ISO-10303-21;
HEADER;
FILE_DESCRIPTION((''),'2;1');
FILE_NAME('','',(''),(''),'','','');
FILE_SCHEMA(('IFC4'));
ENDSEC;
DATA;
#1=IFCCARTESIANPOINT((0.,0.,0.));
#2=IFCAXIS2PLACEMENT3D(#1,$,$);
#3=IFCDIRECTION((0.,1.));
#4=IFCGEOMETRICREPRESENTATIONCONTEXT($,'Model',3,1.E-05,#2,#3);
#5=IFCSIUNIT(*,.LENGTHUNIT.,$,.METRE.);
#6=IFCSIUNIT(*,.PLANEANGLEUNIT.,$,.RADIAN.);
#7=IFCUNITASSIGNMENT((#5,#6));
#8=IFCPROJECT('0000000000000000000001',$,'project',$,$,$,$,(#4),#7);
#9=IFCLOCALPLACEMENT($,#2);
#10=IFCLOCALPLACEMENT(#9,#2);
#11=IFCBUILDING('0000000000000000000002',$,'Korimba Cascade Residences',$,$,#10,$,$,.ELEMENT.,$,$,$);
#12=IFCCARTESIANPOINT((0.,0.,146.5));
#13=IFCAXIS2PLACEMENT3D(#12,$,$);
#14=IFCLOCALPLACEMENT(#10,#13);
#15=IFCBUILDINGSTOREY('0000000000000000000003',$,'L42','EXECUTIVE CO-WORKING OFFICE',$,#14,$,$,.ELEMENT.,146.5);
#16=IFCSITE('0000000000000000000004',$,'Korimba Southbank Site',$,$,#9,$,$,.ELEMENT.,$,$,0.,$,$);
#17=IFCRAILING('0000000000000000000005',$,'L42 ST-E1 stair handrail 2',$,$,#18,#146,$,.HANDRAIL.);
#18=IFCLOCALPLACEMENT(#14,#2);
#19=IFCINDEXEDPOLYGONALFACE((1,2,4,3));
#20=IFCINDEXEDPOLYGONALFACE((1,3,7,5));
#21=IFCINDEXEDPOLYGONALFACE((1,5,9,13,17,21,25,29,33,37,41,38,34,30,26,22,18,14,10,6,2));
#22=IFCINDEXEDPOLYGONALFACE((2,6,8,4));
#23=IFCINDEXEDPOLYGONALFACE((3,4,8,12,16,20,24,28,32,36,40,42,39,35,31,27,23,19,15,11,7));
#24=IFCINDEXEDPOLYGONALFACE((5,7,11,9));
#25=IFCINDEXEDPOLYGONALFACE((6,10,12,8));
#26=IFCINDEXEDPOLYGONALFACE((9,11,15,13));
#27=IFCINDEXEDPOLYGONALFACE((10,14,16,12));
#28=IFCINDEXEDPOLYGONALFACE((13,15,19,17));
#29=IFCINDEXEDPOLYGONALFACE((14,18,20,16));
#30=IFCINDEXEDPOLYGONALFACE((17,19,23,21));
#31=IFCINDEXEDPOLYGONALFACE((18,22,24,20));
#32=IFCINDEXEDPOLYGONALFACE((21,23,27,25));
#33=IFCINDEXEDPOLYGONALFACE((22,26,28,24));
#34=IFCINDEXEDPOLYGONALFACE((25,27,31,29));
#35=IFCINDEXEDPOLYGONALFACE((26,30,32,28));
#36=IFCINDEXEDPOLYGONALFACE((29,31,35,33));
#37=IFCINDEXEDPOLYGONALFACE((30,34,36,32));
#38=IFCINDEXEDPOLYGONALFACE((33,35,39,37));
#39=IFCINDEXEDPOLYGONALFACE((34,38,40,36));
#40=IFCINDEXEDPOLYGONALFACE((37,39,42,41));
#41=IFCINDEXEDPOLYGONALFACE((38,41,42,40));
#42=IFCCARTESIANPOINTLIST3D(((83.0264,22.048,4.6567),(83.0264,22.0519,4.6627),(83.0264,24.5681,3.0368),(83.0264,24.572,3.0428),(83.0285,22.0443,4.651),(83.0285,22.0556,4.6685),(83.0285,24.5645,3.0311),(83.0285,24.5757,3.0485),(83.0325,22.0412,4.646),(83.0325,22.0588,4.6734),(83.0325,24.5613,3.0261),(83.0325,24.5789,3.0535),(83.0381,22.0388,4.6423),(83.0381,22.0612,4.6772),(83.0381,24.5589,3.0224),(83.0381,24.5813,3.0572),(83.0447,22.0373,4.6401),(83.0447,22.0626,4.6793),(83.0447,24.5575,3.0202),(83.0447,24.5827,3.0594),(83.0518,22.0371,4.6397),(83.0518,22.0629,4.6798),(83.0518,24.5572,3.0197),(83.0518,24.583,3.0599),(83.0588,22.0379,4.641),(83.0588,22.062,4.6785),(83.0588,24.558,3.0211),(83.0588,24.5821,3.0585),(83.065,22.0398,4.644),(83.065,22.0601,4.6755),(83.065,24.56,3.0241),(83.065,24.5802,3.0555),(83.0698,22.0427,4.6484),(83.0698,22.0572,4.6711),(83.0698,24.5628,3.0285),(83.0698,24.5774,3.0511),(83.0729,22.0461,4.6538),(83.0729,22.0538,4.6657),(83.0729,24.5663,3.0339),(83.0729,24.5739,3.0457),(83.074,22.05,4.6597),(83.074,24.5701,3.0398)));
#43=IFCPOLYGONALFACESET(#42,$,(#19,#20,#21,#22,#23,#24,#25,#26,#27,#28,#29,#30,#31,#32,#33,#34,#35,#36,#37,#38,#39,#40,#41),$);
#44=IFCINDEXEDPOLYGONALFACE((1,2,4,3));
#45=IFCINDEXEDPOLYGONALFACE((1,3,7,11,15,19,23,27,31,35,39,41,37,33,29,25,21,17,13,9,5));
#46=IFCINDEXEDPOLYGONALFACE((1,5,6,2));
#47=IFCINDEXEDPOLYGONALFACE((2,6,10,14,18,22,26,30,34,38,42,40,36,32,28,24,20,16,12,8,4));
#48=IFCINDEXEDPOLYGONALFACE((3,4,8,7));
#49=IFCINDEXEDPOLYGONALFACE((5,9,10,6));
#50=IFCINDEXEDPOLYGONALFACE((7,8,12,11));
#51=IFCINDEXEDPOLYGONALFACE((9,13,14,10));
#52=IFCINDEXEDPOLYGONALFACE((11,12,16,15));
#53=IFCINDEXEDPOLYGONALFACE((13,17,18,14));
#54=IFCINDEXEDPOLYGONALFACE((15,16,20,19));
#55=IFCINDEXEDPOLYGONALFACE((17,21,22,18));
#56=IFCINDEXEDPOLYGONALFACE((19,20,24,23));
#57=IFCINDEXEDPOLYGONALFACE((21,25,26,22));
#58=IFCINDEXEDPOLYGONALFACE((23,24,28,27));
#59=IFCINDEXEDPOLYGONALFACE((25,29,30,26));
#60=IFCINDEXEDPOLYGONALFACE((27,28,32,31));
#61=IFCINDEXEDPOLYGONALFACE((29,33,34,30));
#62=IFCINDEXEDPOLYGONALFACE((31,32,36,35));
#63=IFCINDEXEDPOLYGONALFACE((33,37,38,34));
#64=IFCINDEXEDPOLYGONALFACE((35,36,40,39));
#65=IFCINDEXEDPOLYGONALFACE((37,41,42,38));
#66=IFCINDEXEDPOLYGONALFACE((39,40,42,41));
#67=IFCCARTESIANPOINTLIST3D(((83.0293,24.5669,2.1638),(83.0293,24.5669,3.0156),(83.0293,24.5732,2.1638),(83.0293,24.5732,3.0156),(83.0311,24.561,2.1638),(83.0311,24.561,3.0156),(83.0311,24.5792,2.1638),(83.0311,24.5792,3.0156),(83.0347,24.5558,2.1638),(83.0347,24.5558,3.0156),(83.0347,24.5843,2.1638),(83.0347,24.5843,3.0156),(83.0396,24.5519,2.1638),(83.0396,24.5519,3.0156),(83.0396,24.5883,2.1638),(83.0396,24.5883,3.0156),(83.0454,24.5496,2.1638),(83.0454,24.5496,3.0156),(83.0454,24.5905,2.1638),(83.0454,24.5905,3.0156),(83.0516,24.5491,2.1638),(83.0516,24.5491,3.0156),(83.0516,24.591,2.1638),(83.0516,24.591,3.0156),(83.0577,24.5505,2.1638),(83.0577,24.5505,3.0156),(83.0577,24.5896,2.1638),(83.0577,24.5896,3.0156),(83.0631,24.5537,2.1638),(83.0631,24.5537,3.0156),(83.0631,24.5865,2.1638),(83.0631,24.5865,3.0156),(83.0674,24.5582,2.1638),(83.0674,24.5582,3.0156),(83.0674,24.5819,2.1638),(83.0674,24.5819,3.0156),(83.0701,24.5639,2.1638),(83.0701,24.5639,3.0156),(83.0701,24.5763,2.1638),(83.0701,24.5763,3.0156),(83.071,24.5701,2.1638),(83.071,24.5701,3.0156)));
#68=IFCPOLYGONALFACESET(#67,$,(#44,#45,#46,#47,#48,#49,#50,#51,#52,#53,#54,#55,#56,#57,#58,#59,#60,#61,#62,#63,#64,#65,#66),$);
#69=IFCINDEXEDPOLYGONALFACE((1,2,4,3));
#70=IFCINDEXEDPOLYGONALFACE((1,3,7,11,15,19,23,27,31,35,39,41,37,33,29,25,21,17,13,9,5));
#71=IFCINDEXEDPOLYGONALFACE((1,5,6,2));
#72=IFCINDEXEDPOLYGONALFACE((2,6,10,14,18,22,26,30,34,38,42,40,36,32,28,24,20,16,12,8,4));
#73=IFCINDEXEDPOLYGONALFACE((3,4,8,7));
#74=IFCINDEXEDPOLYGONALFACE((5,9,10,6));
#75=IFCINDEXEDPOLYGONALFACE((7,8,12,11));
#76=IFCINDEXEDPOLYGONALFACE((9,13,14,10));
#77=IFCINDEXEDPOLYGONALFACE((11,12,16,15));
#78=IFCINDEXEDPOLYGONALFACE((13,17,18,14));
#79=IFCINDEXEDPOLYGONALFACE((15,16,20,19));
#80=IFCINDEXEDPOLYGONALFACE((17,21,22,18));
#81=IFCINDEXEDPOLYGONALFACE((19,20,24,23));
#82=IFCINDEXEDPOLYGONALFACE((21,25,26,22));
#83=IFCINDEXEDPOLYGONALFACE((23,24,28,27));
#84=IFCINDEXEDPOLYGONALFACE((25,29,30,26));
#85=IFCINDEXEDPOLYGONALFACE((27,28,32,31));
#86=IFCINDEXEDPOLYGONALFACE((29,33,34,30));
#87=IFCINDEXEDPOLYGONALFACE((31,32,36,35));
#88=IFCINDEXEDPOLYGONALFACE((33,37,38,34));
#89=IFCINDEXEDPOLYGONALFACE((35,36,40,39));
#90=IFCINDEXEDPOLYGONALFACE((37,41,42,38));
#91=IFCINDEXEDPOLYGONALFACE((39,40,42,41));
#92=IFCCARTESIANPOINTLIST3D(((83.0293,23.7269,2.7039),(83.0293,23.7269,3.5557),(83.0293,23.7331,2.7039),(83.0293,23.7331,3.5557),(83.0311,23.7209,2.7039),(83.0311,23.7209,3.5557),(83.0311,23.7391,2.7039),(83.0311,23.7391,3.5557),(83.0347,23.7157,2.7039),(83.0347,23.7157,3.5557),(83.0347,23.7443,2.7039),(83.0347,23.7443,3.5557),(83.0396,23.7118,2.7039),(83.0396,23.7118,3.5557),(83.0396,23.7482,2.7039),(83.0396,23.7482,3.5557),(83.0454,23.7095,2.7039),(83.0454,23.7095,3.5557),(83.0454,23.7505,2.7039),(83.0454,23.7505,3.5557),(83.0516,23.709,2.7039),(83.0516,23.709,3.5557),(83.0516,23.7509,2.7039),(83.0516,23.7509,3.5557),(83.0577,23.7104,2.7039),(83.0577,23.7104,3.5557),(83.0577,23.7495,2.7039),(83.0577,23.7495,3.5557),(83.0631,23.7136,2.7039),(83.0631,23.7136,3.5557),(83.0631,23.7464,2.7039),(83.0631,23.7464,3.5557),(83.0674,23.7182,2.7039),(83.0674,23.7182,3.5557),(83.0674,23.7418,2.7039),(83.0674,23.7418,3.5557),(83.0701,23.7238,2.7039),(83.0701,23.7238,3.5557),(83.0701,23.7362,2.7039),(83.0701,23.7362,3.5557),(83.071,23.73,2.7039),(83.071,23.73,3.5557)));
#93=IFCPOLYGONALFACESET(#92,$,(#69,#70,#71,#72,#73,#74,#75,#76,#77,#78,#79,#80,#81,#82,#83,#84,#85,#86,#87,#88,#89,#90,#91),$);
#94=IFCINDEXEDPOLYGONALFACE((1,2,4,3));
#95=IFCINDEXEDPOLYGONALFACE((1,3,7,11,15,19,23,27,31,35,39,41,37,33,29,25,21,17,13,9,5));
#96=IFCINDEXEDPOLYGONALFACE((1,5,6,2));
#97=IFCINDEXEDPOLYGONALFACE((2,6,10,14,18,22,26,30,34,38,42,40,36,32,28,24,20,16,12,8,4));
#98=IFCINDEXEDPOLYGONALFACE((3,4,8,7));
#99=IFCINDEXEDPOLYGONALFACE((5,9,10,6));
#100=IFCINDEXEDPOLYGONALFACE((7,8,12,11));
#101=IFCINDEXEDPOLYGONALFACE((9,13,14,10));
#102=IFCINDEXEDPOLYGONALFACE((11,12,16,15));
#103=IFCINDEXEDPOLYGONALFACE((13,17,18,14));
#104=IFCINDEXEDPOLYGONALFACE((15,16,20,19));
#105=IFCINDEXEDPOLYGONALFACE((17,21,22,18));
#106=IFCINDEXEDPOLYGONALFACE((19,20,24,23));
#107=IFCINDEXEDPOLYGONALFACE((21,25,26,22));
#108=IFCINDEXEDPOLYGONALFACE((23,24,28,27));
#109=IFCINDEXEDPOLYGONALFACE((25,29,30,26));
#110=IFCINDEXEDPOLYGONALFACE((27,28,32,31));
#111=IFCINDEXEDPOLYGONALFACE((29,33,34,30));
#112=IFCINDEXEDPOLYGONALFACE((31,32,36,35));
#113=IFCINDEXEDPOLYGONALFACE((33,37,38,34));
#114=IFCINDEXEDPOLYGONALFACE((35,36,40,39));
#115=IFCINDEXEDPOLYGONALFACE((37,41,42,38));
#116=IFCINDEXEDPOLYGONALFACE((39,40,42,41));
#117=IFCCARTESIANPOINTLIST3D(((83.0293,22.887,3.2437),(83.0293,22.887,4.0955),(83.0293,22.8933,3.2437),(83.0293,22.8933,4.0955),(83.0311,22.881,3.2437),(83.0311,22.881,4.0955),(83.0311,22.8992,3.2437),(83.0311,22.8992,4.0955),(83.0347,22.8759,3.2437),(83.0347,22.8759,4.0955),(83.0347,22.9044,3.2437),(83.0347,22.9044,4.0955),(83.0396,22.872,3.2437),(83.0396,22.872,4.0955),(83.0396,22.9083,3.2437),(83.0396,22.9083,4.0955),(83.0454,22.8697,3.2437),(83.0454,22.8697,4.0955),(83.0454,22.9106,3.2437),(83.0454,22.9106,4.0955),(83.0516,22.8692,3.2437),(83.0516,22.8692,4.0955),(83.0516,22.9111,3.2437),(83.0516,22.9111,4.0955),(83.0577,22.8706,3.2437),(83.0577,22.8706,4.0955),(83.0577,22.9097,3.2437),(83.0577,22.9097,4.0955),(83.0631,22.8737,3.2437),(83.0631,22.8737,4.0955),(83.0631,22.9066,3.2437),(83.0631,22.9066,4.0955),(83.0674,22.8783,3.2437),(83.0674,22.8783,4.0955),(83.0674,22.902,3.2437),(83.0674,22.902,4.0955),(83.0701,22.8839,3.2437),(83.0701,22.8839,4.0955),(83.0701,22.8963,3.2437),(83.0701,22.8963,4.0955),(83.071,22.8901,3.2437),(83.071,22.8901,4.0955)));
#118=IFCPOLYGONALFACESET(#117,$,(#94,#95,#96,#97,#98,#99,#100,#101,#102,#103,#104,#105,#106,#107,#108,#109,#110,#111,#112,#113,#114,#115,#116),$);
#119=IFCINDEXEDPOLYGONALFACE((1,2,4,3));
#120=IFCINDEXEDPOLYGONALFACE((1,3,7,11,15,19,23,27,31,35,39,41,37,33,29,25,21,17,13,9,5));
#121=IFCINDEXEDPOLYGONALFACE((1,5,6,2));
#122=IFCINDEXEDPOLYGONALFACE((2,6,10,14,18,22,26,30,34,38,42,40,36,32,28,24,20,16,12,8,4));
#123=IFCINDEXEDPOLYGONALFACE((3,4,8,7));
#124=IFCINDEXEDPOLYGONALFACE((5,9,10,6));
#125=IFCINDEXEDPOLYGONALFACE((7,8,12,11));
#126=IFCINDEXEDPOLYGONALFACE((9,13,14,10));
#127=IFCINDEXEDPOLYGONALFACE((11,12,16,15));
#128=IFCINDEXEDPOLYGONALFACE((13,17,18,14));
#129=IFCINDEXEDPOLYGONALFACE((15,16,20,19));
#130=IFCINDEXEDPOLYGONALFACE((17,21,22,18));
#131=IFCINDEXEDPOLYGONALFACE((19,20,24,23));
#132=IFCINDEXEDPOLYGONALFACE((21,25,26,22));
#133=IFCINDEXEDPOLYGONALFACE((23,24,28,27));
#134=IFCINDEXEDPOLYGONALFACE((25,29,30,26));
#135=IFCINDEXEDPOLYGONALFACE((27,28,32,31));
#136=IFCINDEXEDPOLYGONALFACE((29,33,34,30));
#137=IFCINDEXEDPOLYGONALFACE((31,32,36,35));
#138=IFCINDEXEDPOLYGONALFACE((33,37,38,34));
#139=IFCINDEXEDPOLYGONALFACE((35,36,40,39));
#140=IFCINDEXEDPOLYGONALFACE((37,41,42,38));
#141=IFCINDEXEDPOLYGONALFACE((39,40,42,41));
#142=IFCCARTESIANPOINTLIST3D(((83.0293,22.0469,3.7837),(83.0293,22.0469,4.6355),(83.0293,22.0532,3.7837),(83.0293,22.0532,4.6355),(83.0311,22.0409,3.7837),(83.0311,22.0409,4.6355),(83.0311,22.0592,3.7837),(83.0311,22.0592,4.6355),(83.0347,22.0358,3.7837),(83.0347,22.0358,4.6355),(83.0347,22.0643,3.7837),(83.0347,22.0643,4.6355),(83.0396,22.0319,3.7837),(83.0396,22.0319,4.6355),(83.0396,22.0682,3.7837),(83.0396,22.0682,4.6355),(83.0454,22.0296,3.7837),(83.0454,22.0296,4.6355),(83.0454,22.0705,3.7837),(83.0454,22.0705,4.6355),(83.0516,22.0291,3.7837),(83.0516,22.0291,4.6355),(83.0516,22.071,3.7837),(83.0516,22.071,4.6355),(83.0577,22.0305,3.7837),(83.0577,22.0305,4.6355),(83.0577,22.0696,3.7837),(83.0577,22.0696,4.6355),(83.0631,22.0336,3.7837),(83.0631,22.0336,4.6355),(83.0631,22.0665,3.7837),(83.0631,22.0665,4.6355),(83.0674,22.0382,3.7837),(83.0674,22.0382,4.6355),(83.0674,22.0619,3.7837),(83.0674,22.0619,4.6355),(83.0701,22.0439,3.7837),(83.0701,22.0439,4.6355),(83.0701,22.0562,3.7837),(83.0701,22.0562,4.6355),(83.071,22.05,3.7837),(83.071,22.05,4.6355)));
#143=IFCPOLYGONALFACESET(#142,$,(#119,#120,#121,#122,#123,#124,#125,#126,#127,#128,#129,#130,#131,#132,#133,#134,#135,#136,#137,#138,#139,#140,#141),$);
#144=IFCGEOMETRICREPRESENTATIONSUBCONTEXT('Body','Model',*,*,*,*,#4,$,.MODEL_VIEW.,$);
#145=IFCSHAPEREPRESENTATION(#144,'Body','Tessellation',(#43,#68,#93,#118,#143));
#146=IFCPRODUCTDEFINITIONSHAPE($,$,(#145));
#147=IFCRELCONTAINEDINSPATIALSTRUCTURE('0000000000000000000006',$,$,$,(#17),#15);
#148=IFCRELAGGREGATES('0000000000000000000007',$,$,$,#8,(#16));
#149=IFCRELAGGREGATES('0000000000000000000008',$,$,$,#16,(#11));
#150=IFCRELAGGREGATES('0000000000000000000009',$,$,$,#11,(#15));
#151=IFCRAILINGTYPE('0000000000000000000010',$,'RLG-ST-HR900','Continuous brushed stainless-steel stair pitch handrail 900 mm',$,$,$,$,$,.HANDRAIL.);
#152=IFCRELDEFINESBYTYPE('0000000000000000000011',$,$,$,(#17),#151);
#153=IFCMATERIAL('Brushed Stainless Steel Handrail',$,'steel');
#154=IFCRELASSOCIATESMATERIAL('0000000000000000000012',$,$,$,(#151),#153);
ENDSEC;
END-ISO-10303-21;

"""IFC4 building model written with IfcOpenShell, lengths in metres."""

from ifc_helpers import new_model, si_unit, direction, frame, origin, origin_2d, place, context, subcontext, project, spatial, circle, extrude, material, type_object, element, save


model = new_model("IFC4")

# Units and contexts
model_context = context("Model", 3, precision=1e-05, world=origin(), true_north=direction((0.0, 1.0)))
body_context = subcontext(model_context, "Body", "Model", "MODEL_VIEW")
ifc_project = project(units=[si_unit("LENGTHUNIT", "METRE"), si_unit("PLANEANGLEUNIT", "RADIAN")], contexts=[model_context])

# Site, building, storey
site_placement = place(None, origin())
site = spatial("IfcSite", under=ifc_project, at=site_placement, Name="Korimba Southbank Site", CompositionType="ELEMENT", RefElevation=0.0)
building_placement = place(site_placement, origin())
building = spatial("IfcBuilding", under=site, at=building_placement, Name="Korimba Cascade Residences", CompositionType="ELEMENT")
storey_placement = place(building_placement, frame((0.0, 0.0, 146.5)))
storey = spatial("IfcBuildingStorey", under=building, at=storey_placement, Name="L42", Description="EXECUTIVE CO-WORKING OFFICE", CompositionType="ELEMENT", Elevation=146.5)

# Railing
ifc_material_1 = material(Name="Brushed Stainless Steel Handrail", Category="steel")
railing_type_1 = type_object("IfcRailingType", Name="RLG-ST-HR900", Description="Continuous brushed stainless-steel stair pitch handrail 900 mm", PredefinedType="HANDRAIL", material=ifc_material_1)
railing_1_placement = place(storey_placement, frame((83.05, 24.5701, 2.1638)))
element("IfcRailing", 1, at=railing_1_placement, inside=storey, type_object=railing_type_1, Name="L42 ST-E1 stair handrail 2", PredefinedType="HANDRAIL", context=body_context, shape_type="SweptSolid", body=[
    extrude(circle(Radius=0.0239, at=origin_2d()), frame((0.0, 0.0, 0.876), z_axis=(0.0, -0.8412, 0.540725), x_axis=(1.0, 0.0, 0.0)), (0.0, 0.0, 1.0), 2.9958),
    extrude(circle(Radius=0.021, at=origin_2d()), origin(), (0.0, 0.0, 1.0), 0.8518),
    extrude(circle(Radius=0.021, at=origin_2d()), frame((0.0, -0.8401, 0.54)), (0.0, 0.0, 1.0), 0.8518),
    extrude(circle(Radius=0.021, at=origin_2d()), frame((0.0, -1.6799, 1.0798)), (0.0, 0.0, 1.0), 0.8518),
    extrude(circle(Radius=0.021, at=origin_2d()), frame((0.0, -2.52, 1.6199)), (0.0, 0.0, 1.0), 0.8518),
])

save(model, "model.ifc")
